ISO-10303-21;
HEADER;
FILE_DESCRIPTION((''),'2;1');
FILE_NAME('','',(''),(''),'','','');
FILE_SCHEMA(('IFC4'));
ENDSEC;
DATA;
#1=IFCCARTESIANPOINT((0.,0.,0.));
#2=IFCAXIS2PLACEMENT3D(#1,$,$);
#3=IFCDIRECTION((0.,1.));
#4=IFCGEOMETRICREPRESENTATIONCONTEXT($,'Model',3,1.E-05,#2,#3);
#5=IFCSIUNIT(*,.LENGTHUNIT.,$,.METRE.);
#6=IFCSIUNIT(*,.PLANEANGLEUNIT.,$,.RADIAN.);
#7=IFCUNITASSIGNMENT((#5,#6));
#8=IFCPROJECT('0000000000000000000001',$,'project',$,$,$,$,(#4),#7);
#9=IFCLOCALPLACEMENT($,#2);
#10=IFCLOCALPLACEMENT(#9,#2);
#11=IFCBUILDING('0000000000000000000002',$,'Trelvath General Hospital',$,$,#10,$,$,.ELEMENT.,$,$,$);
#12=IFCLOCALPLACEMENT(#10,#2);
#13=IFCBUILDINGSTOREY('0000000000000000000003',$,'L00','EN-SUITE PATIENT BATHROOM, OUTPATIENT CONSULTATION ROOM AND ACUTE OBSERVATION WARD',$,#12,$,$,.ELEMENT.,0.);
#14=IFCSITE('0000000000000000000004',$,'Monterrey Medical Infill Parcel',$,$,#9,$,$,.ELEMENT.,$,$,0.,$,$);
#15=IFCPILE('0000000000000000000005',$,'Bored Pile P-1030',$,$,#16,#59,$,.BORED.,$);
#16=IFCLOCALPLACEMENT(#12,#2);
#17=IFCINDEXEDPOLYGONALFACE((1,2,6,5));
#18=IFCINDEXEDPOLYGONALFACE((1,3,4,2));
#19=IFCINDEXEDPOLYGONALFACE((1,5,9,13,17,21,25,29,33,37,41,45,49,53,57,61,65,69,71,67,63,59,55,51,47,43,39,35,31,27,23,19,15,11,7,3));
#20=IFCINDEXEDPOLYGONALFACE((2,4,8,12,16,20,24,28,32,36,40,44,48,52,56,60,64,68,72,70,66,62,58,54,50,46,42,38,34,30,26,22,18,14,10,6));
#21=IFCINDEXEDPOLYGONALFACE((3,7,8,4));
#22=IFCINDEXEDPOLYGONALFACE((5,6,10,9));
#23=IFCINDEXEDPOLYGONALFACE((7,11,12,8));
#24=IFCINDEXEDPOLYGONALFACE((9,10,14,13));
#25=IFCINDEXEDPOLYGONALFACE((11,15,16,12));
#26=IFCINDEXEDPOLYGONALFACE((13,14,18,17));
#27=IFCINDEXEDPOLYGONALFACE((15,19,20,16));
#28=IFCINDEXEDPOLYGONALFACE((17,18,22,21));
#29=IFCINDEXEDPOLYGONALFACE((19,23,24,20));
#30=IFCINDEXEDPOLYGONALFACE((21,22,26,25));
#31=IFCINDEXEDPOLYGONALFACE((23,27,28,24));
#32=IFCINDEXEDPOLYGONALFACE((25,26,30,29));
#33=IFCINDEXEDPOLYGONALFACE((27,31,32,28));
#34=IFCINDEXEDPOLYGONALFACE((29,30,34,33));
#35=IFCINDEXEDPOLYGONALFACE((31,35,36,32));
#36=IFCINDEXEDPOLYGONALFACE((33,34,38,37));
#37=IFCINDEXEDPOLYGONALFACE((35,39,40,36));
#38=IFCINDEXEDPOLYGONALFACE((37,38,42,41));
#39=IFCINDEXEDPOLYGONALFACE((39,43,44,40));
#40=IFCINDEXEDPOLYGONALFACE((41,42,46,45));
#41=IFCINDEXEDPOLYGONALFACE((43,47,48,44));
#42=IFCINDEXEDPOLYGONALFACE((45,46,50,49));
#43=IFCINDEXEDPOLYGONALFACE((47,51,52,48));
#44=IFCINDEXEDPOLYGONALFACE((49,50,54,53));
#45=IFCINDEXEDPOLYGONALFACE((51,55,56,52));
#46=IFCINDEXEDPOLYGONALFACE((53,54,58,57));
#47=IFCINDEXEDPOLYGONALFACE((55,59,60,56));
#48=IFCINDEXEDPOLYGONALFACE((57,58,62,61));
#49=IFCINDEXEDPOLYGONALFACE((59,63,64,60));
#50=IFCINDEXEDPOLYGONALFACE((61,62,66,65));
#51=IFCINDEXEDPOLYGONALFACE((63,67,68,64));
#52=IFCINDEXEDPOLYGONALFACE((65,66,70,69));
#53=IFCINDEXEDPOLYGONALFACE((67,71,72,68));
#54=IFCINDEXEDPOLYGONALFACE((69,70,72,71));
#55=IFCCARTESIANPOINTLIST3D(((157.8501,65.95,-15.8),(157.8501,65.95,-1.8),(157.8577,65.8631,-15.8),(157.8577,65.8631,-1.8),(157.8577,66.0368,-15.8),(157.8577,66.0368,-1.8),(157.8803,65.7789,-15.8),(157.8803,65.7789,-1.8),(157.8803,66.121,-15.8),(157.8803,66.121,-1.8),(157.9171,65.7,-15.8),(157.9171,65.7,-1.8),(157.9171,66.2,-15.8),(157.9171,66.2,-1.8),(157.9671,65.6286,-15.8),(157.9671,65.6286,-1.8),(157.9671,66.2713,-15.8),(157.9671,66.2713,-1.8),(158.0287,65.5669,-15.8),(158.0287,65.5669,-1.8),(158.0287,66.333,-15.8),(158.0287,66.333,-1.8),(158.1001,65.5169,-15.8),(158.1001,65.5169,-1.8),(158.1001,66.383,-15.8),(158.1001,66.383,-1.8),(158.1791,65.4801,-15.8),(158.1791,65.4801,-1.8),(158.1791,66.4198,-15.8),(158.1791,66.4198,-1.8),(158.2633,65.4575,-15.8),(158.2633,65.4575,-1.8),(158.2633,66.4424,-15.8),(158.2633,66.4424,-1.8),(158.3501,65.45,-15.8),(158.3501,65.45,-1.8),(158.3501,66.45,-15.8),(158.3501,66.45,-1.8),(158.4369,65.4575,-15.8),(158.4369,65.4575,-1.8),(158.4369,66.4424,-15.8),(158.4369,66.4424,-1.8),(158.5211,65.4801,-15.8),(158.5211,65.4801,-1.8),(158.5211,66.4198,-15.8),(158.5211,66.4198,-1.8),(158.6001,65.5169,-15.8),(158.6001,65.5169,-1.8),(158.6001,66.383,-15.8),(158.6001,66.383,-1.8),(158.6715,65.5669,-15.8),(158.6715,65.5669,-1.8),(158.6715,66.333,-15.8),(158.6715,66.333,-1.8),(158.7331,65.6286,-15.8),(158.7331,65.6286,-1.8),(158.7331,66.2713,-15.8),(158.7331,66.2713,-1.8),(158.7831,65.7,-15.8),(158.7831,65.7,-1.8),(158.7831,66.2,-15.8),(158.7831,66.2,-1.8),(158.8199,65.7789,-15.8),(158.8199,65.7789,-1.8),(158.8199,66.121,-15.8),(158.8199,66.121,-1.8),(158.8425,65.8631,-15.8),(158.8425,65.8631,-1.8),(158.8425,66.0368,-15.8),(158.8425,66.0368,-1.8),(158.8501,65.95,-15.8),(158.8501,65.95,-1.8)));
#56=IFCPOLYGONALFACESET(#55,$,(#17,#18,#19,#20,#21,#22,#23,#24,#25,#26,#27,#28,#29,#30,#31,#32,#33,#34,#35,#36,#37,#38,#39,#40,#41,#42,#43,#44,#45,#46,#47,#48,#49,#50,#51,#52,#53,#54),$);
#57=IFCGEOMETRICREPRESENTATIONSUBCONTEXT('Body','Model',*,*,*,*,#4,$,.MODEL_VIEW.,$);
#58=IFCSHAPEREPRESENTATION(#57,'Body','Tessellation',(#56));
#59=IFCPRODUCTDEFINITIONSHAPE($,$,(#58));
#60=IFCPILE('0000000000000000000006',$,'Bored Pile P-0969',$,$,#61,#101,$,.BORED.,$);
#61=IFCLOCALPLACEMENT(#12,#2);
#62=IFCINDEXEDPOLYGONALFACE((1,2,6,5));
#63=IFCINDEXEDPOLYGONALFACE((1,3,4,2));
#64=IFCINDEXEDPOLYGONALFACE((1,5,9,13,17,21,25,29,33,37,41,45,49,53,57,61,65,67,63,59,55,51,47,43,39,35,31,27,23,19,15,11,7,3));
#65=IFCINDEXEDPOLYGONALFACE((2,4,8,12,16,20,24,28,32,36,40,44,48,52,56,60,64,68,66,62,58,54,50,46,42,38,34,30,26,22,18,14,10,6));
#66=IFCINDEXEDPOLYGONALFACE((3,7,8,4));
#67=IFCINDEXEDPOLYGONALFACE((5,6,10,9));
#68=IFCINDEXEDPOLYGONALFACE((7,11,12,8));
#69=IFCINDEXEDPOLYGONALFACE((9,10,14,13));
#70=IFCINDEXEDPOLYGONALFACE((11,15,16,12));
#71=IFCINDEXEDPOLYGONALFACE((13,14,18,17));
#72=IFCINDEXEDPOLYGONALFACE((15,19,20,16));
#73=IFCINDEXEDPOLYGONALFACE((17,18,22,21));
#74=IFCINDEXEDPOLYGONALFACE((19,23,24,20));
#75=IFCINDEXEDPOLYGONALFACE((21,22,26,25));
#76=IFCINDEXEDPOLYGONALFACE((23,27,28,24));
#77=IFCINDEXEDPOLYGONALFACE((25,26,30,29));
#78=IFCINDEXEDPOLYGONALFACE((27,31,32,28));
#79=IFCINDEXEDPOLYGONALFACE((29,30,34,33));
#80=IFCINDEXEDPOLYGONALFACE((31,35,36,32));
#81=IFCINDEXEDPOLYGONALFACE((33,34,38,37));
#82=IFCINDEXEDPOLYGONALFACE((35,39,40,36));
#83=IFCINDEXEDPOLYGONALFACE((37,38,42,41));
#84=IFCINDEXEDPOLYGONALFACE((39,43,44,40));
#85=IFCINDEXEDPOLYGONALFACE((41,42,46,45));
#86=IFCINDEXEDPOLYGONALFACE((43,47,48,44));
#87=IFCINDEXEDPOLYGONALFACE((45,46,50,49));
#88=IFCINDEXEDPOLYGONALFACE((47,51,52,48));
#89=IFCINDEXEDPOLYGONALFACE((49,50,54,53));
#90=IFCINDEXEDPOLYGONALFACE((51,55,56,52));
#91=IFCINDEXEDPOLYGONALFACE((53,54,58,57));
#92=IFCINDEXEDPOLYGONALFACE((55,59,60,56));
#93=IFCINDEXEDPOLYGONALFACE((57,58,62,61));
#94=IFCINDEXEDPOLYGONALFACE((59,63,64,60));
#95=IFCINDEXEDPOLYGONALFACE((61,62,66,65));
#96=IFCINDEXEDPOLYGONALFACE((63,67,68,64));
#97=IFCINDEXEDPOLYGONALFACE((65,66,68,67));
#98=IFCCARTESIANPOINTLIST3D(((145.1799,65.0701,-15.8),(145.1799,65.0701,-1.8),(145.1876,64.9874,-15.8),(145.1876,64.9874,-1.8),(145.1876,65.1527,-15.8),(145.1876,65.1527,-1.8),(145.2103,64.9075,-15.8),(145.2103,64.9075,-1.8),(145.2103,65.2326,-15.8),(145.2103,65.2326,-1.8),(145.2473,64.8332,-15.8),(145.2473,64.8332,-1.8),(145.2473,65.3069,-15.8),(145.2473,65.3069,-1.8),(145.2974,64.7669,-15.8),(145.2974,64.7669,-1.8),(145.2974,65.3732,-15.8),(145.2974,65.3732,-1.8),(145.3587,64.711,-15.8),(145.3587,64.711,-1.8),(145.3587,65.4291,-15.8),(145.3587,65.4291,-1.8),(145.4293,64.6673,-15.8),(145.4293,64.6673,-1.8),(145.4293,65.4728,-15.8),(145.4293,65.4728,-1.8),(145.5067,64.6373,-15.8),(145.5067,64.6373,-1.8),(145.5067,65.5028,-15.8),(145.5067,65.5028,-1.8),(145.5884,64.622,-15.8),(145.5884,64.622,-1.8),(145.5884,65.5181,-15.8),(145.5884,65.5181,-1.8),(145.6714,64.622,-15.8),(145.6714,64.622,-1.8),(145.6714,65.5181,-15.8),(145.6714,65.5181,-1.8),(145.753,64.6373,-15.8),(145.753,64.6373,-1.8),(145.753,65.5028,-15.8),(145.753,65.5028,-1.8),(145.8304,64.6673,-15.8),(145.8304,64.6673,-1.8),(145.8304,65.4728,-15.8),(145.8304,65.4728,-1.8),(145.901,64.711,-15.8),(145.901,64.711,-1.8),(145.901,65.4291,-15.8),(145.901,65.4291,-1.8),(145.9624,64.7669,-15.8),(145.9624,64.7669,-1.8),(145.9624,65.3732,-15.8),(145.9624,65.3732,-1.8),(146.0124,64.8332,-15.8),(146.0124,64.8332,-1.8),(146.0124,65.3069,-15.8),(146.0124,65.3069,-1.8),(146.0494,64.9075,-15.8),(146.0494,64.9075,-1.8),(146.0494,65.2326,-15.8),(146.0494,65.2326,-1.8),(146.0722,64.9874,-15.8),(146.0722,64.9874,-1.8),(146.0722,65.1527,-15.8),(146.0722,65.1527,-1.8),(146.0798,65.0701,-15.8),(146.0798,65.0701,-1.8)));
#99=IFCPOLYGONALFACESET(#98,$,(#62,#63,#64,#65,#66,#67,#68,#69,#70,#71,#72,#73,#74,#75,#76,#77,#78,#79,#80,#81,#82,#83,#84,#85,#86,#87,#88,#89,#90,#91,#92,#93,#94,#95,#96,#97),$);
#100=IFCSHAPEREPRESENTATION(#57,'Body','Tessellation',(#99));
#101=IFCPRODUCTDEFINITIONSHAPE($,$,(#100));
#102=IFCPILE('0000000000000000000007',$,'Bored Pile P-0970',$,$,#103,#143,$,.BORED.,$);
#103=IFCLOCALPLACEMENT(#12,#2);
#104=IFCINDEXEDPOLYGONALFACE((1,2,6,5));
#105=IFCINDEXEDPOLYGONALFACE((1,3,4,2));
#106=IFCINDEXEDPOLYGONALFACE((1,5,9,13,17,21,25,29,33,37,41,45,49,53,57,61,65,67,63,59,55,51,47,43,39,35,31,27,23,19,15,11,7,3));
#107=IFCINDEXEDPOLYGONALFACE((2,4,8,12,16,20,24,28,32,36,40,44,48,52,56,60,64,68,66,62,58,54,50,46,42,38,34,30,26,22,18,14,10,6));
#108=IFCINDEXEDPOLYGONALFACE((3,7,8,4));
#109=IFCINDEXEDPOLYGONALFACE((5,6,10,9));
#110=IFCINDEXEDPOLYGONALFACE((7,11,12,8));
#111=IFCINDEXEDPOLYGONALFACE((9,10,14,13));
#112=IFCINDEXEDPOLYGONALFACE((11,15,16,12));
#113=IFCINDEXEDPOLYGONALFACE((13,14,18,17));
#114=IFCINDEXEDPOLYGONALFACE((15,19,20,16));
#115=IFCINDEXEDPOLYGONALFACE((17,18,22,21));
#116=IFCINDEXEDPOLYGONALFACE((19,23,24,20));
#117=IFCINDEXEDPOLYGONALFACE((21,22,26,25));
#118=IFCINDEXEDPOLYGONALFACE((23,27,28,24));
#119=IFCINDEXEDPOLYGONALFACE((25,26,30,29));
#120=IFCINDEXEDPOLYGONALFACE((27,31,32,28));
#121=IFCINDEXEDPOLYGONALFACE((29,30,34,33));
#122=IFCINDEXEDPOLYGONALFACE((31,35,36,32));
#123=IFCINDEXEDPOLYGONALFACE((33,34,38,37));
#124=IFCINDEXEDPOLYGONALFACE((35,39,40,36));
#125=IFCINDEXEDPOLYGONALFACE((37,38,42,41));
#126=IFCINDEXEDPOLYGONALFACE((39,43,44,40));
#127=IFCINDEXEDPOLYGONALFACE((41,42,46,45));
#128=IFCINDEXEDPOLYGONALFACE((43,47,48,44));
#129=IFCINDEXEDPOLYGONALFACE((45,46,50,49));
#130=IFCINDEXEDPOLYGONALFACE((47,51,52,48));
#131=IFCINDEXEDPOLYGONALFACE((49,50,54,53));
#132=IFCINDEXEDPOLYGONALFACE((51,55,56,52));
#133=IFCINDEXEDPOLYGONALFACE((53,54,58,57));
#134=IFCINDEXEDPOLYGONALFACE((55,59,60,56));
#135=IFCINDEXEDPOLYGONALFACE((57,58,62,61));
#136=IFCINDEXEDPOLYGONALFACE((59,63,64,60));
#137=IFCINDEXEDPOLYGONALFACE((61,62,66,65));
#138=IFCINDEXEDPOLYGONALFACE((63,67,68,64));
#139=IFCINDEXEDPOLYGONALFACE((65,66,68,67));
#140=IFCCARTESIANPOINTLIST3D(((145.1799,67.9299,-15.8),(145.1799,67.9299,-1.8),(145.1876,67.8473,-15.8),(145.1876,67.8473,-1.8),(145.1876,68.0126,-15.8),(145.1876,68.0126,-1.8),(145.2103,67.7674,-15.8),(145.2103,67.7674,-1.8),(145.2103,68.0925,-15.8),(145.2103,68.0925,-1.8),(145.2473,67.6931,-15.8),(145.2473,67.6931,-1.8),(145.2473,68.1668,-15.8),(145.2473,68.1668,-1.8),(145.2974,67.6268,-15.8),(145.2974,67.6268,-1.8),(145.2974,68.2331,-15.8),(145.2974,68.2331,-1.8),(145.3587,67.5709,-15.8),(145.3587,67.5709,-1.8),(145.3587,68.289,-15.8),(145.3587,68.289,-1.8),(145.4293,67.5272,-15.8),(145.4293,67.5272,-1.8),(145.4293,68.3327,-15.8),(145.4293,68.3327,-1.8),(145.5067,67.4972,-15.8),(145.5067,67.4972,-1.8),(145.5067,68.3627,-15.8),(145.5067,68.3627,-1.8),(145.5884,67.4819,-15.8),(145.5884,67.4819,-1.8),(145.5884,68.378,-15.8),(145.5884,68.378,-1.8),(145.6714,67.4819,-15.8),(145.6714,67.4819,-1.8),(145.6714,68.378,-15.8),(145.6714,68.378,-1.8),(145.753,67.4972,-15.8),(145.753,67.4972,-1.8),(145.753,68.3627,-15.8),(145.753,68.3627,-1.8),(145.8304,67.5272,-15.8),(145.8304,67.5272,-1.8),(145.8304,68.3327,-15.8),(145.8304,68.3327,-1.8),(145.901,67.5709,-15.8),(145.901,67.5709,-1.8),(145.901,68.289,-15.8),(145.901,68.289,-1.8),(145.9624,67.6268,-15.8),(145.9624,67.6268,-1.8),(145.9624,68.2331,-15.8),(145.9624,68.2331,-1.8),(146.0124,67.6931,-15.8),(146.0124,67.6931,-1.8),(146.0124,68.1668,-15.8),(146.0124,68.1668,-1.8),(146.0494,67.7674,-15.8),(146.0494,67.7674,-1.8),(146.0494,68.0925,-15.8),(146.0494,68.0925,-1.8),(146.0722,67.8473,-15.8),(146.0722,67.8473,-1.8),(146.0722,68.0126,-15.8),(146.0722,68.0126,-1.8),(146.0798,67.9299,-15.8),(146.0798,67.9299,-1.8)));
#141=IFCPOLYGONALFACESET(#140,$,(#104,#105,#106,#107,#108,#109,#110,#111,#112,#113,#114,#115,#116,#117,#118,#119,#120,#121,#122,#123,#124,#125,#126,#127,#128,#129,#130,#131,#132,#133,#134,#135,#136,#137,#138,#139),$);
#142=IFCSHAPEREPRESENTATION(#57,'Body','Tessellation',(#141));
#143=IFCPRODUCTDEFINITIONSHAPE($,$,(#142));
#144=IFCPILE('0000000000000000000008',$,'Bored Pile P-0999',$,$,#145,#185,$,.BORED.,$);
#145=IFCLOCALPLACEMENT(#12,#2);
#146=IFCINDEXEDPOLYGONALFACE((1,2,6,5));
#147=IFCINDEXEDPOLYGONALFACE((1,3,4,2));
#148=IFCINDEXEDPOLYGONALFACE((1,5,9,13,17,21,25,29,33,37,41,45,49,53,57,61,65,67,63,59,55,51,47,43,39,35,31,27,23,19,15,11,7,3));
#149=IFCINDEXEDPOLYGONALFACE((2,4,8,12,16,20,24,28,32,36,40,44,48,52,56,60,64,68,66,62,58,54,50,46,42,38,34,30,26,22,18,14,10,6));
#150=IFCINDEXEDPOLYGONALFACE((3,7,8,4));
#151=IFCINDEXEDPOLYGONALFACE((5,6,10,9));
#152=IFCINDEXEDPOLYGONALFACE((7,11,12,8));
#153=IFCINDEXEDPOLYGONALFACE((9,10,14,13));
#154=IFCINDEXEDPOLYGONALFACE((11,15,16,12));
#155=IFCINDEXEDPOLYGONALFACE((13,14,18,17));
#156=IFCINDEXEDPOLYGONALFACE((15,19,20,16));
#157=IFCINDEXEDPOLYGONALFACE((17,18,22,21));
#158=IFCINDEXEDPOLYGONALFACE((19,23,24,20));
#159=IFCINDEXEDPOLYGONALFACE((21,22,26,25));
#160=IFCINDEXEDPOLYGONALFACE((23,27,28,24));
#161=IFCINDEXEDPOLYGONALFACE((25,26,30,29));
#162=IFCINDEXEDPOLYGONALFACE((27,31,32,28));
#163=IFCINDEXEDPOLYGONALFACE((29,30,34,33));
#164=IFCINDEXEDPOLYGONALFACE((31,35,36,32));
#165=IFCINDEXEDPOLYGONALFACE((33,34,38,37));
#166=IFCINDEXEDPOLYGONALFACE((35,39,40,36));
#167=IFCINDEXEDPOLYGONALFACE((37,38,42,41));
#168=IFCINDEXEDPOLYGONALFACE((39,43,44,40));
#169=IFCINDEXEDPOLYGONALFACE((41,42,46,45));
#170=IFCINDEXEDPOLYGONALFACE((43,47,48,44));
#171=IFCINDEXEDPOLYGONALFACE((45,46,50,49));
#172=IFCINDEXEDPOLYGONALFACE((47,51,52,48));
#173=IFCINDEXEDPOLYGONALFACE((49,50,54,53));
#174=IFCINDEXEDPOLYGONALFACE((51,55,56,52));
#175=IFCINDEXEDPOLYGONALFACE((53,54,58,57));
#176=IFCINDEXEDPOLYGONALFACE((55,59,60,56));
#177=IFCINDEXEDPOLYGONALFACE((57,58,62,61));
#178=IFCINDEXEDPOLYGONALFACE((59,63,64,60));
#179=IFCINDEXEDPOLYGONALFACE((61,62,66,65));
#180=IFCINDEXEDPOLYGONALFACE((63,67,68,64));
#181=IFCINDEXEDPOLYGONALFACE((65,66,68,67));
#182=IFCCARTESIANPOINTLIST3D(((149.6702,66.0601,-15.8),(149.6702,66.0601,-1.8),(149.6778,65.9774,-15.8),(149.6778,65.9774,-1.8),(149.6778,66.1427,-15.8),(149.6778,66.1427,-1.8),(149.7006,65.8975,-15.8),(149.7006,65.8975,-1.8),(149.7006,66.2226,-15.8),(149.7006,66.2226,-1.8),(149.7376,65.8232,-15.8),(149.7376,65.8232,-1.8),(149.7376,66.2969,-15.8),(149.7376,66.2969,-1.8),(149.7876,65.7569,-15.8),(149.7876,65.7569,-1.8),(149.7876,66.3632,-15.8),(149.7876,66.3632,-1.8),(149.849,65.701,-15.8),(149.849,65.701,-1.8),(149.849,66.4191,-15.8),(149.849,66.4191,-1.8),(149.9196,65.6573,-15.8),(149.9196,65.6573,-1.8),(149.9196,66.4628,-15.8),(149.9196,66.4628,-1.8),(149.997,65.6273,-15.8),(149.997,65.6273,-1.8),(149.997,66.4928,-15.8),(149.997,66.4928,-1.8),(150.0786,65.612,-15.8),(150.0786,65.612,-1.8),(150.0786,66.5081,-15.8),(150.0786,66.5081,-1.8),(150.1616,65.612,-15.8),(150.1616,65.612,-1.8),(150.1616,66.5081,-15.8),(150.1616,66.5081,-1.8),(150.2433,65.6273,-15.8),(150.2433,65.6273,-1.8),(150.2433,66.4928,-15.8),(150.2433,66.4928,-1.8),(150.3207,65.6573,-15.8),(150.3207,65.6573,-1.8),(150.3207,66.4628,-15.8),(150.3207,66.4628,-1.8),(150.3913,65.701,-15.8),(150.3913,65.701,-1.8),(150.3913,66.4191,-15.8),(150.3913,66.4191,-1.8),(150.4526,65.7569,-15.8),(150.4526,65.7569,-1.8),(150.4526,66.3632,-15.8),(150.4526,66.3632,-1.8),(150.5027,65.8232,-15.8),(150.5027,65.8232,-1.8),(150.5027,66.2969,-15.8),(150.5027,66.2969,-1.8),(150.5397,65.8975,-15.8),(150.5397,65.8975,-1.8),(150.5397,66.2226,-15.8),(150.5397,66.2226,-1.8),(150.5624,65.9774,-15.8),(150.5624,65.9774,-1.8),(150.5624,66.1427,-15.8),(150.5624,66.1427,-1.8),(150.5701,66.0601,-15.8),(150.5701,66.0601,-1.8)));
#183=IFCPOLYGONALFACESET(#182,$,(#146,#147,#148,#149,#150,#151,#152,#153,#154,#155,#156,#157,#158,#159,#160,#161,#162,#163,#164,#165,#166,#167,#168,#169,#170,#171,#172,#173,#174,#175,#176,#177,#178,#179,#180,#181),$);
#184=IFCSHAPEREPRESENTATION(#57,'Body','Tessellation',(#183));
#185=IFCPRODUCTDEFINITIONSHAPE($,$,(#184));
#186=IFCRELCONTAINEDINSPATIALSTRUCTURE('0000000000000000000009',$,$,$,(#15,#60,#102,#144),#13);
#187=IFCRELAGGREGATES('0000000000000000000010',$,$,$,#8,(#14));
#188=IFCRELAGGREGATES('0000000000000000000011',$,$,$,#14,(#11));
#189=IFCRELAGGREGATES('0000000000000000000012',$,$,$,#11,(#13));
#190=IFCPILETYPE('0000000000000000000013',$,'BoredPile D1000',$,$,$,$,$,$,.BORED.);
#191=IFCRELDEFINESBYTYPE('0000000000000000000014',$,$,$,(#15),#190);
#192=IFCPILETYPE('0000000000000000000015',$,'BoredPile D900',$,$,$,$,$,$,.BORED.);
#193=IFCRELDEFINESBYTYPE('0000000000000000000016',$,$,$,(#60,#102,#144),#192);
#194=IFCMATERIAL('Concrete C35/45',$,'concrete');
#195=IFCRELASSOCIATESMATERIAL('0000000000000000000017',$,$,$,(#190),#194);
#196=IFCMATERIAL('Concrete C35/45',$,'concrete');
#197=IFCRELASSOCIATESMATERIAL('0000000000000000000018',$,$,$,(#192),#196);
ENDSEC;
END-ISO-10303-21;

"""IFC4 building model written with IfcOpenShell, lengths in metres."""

from ifc_helpers import new_model, si_unit, direction, frame, origin, origin_2d, place, context, subcontext, project, spatial, circle, extrude, material, material_profile, profile_set, type_object, element, save


model = new_model("IFC4")

# Units and contexts
model_context = context("Model", 3, precision=1e-05, world=origin(), true_north=direction((0.0, 1.0)))
body_context = subcontext(model_context, "Body", "Model", "MODEL_VIEW")
ifc_project = project(units=[si_unit("LENGTHUNIT", "METRE"), si_unit("PLANEANGLEUNIT", "RADIAN")], contexts=[model_context])

# Site, building, storey
site_placement = place(None, origin())
site = spatial("IfcSite", under=ifc_project, at=site_placement, Name="Monterrey Medical Infill Parcel", CompositionType="ELEMENT", RefElevation=0.0)
building_placement = place(site_placement, origin())
building = spatial("IfcBuilding", under=site, at=building_placement, Name="Trelvath General Hospital", CompositionType="ELEMENT")
storey_placement = place(building_placement, origin())
storey = spatial("IfcBuildingStorey", under=building, at=storey_placement, Name="L00", Description="EN-SUITE PATIENT BATHROOM, OUTPATIENT CONSULTATION ROOM AND ACUTE OBSERVATION WARD", CompositionType="ELEMENT", Elevation=0.0)

# Piles
ifc_material_1 = material(Name="Concrete C35/45", Category="concrete")
ifc_material_profile_1 = material_profile(ifc_material_1, circle(Radius=0.5, at=origin_2d()), Name="PILE1000")
ifc_profile_set_1 = profile_set([ifc_material_profile_1], Name="Concrete C35/45")
pile_type_1 = type_object("IfcPileType", Name="BoredPile D1000", PredefinedType="BORED", material=ifc_profile_set_1)
for number, where, z_axis, x_axis, name in (
    (1, (158.3501, 65.95, -1.8), (0.0, 0.0, -1.0), (1.0, 0.0, 0.0), "Bored Pile P-1030"),
):
    element("IfcPile", number, at=place(storey_placement, frame(where, z_axis=z_axis, x_axis=x_axis)), inside=storey, type_object=pile_type_1, Name=name, PredefinedType="BORED", context=body_context, shape_type="SweptSolid", body=[
        extrude(circle(Radius=0.5, at=origin_2d()), origin(), (0.0, 0.0, 1.0), 14.0),
    ])
ifc_material_2 = material(Name="Concrete C35/45", Category="concrete")
ifc_material_profile_2 = material_profile(ifc_material_2, circle(Radius=0.45, at=origin_2d()), Name="PILE900")
ifc_profile_set_2 = profile_set([ifc_material_profile_2], Name="Concrete C35/45")
pile_type_2 = type_object("IfcPileType", Name="BoredPile D900", PredefinedType="BORED", material=ifc_profile_set_2)
for number, where, z_axis, x_axis, name in (
    (2, (145.6299, 65.0701, -1.8), (0.0, 0.0, -1.0), (1.0, 0.0, 0.0), "Bored Pile P-0969"),
    (3, (145.6299, 67.9299, -1.8), (0.0, 0.0, -1.0), (1.0, 0.0, 0.0), "Bored Pile P-0970"),
    (4, (150.1201, 66.0601, -1.8), (0.0, 0.0, -1.0), (1.0, 0.0, 0.0), "Bored Pile P-0999"),
):
    element("IfcPile", number, at=place(storey_placement, frame(where, z_axis=z_axis, x_axis=x_axis)), inside=storey, type_object=pile_type_2, Name=name, PredefinedType="BORED", context=body_context, shape_type="SweptSolid", body=[
        extrude(circle(Radius=0.45, at=origin_2d()), origin(), (0.0, 0.0, 1.0), 14.0),
    ])

save(model, "model.ifc")
